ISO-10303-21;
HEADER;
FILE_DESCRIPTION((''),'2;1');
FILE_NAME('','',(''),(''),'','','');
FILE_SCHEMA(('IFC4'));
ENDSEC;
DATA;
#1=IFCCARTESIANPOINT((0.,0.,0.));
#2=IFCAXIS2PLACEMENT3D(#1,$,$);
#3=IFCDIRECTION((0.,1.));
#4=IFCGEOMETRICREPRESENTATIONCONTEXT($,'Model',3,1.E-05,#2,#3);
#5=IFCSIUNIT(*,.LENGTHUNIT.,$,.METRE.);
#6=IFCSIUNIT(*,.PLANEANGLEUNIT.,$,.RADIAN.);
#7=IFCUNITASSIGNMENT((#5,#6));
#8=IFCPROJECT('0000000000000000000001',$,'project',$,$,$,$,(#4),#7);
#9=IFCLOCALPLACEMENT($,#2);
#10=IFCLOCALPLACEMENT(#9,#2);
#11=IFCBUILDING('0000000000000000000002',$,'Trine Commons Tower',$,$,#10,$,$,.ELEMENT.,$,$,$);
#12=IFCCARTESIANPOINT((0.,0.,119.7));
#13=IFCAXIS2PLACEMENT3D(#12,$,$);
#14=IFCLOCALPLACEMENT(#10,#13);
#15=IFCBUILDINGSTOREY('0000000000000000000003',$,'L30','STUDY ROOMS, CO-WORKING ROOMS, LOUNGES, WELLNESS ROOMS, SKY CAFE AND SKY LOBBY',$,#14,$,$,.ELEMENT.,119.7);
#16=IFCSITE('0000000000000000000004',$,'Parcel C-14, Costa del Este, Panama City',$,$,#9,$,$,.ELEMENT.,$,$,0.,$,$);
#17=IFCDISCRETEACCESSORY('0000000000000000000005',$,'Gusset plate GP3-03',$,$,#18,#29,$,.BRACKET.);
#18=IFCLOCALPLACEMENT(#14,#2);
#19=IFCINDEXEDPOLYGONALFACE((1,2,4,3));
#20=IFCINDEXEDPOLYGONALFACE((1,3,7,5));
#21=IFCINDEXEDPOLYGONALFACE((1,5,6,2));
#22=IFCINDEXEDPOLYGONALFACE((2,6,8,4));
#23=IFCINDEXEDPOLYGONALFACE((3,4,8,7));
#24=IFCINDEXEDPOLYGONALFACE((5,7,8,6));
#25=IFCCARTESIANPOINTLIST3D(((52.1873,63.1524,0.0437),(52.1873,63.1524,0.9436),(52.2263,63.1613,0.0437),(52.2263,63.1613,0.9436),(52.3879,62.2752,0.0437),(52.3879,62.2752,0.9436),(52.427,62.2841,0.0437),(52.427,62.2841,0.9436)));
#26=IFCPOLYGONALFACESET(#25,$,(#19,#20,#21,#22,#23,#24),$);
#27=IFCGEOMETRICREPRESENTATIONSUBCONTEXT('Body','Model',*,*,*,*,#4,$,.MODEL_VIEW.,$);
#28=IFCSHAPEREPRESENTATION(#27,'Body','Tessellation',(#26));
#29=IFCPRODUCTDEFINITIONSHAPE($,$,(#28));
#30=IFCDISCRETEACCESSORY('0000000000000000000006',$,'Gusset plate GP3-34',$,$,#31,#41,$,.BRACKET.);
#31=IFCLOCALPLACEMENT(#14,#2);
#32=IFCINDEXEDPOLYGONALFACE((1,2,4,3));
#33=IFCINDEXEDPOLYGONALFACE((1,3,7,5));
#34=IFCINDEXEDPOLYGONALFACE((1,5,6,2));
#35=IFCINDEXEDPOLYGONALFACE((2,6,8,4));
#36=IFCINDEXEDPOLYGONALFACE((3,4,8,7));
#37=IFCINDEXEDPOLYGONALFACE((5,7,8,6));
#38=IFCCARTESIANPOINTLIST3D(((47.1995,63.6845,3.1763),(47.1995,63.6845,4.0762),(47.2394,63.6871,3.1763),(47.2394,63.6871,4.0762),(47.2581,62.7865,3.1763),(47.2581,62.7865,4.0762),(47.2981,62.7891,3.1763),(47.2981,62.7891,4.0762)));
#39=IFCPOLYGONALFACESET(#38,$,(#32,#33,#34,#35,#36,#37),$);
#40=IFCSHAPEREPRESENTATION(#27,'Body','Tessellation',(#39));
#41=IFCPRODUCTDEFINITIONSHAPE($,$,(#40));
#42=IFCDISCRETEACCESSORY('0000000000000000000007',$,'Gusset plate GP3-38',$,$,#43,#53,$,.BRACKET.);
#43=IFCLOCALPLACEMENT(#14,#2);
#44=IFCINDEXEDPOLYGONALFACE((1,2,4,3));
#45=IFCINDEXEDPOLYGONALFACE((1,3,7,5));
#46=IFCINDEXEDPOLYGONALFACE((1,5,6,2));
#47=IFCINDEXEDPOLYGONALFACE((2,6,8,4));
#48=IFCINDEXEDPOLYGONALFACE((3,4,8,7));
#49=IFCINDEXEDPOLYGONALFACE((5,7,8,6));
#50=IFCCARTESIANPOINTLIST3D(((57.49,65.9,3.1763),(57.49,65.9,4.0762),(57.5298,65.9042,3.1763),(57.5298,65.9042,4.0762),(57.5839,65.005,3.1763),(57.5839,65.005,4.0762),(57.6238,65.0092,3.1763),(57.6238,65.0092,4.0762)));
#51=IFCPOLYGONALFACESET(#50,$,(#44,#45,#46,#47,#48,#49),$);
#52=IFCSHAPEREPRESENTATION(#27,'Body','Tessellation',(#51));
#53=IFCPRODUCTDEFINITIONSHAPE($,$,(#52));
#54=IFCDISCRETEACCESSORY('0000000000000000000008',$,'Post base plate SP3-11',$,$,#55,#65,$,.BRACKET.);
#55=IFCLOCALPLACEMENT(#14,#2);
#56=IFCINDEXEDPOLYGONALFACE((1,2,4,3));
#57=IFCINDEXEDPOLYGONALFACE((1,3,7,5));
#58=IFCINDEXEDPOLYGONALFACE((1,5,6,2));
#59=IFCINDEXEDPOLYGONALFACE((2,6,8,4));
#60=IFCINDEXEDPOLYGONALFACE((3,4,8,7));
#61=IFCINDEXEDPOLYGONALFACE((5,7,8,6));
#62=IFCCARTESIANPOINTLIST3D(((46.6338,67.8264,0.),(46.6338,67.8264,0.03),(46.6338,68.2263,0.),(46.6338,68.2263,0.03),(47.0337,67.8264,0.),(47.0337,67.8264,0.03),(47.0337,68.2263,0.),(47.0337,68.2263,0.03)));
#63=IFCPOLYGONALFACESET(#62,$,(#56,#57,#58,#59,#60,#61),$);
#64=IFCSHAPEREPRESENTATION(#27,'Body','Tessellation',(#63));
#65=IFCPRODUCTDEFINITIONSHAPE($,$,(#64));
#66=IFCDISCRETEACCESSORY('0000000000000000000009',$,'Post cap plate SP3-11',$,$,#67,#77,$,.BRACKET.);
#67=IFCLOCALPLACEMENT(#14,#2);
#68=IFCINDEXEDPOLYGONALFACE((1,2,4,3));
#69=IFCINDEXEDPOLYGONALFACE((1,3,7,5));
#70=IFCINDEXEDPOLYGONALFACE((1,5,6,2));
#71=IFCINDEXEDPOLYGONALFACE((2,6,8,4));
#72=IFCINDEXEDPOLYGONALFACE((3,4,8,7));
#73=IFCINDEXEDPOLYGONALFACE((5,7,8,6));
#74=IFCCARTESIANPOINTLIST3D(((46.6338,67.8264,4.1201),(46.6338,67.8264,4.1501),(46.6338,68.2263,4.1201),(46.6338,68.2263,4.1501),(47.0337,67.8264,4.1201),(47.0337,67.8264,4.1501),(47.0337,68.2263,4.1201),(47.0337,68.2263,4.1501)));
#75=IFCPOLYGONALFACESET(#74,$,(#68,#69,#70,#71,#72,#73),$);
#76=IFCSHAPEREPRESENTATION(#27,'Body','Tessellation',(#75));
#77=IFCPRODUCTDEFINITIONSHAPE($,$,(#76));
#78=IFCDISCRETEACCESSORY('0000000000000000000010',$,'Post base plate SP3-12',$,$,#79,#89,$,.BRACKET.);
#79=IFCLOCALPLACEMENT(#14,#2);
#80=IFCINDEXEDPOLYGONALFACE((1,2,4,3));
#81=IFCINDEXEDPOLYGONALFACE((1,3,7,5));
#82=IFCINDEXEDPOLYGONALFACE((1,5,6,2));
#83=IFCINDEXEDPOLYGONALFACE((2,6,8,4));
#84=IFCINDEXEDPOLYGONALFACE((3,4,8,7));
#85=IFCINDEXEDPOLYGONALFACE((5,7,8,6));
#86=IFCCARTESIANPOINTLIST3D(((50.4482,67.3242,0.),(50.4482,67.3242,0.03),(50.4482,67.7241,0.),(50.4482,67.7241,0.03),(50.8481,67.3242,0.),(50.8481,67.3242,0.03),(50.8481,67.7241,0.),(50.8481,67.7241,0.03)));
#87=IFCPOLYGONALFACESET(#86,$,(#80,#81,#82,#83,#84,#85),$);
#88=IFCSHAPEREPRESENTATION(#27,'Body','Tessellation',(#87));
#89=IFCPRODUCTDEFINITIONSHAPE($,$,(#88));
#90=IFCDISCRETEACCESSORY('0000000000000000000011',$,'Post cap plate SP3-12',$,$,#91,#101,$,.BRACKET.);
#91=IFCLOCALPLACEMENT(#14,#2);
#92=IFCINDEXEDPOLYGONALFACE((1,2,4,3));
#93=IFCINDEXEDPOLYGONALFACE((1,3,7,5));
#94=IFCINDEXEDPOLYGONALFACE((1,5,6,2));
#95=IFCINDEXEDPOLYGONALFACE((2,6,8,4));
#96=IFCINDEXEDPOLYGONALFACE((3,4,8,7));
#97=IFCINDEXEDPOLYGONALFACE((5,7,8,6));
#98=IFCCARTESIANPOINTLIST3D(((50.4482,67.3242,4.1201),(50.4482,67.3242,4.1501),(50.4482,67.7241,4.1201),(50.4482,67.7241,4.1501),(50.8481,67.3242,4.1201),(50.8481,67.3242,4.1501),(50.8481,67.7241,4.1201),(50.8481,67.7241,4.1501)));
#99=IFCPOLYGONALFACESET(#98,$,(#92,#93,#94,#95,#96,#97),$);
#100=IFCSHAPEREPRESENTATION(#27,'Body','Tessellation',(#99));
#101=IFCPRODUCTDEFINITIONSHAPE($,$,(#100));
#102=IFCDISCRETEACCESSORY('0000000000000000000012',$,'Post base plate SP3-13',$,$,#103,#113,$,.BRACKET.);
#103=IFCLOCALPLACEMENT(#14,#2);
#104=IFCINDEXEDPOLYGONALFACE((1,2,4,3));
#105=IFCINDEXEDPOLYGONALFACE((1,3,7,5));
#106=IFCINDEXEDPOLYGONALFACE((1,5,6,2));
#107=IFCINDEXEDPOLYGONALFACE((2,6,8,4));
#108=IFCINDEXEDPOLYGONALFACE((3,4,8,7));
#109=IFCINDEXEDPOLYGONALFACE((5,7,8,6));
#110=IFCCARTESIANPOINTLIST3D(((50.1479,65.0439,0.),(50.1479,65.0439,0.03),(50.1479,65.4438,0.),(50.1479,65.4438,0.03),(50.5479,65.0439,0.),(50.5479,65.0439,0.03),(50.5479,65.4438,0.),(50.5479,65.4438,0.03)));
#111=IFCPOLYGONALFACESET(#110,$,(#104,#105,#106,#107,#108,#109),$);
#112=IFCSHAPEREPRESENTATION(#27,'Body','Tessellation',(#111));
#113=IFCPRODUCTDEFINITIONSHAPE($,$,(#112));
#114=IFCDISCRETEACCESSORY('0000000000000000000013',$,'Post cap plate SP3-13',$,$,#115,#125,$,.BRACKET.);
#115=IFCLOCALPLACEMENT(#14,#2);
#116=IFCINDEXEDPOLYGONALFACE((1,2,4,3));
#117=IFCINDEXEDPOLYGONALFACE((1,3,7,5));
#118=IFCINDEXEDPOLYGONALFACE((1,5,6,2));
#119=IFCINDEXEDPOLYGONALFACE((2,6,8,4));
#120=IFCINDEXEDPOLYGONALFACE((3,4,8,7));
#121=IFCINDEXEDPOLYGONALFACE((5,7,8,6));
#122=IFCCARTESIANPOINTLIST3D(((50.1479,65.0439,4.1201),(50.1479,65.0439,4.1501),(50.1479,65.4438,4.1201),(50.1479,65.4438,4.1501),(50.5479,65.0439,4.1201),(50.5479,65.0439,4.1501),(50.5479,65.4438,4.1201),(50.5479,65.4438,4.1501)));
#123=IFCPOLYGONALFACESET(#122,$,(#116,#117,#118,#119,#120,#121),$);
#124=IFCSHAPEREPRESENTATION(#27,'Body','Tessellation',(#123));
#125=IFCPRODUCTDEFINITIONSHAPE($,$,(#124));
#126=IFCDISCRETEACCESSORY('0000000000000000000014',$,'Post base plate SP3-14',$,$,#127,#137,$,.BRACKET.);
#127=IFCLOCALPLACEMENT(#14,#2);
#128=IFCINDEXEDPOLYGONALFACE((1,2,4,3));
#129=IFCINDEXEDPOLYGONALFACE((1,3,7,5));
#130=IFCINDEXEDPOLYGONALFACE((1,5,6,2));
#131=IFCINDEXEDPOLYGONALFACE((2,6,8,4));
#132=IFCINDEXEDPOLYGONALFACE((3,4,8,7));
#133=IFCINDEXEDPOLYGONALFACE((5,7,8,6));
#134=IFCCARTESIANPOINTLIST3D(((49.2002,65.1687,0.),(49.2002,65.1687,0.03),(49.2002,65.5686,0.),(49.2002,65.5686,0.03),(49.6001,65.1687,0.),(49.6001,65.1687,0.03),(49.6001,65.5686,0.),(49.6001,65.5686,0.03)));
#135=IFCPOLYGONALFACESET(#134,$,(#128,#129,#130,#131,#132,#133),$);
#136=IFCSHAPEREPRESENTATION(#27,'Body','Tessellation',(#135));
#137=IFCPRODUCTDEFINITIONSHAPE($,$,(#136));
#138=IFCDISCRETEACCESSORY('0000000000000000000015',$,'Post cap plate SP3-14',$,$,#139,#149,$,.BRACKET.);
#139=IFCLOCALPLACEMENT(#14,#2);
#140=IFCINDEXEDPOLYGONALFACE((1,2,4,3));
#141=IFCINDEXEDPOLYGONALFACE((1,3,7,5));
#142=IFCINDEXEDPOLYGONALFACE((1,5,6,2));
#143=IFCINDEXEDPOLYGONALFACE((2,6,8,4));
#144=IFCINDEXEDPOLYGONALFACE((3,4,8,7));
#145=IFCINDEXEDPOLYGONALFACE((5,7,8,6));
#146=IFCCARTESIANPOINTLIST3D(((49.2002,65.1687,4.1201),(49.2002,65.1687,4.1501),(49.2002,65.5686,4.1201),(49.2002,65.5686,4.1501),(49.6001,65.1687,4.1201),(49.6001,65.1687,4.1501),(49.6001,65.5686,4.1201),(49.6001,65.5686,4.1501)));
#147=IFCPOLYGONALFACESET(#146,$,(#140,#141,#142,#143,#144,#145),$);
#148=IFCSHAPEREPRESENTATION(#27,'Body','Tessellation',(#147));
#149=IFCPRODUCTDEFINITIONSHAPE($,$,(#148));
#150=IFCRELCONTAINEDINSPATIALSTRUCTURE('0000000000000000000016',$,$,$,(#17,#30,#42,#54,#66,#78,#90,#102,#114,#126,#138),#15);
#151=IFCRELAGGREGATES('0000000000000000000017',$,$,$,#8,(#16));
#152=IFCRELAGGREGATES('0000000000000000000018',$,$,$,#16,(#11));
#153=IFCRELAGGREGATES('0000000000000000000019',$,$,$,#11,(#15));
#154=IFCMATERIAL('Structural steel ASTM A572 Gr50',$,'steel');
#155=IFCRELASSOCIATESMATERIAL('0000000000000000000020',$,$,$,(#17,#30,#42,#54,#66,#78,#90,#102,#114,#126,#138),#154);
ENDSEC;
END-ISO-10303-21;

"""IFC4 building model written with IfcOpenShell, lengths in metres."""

from ifc_helpers import new_model, si_unit, direction, frame, origin, origin_2d, place, context, subcontext, project, spatial, rectangle, extrude, material, element, save


model = new_model("IFC4")

# Units and contexts
model_context = context("Model", 3, precision=1e-05, world=origin(), true_north=direction((0.0, 1.0)))
body_context = subcontext(model_context, "Body", "Model", "MODEL_VIEW")
ifc_project = project(units=[si_unit("LENGTHUNIT", "METRE"), si_unit("PLANEANGLEUNIT", "RADIAN")], contexts=[model_context])

# Site, building, storey
site_placement = place(None, origin())
site = spatial("IfcSite", under=ifc_project, at=site_placement, Name="Parcel C-14, Costa del Este, Panama City", CompositionType="ELEMENT", RefElevation=0.0)
building_placement = place(site_placement, origin())
building = spatial("IfcBuilding", under=site, at=building_placement, Name="Trine Commons Tower", CompositionType="ELEMENT")
storey_placement = place(building_placement, frame((0.0, 0.0, 119.7)))
storey = spatial("IfcBuildingStorey", under=building, at=storey_placement, Name="L30", Description="STUDY ROOMS, CO-WORKING ROOMS, LOUNGES, WELLNESS ROOMS, SKY CAFE AND SKY LOBBY", CompositionType="ELEMENT", Elevation=119.7)

# Discrete accessories
ifc_material_1 = material(Name="Structural steel ASTM A572 Gr50", Category="steel")
for number, where, z_axis, x_axis, name in (
    (1, (52.3071, 62.7183, 0.0437), (0.0, 0.0, 1.0), (0.222978, -0.974823, 0.0), "Gusset plate GP3-03"),
    (2, (47.2488, 63.2368, 3.1763), (0.0, 0.0, 1.0), (0.065159, -0.997875, 0.0), "Gusset plate GP3-34"),
    (3, (57.5569, 65.4546, 3.1763), (0.0, 0.0, 1.0), (0.104372, -0.994538, 0.0), "Gusset plate GP3-38"),
):
    element("IfcDiscreteAccessory", number, at=place(storey_placement, frame(where, z_axis=z_axis, x_axis=x_axis)), inside=storey, material=ifc_material_1, Name=name, PredefinedType="BRACKET", context=body_context, shape_type="SweptSolid", body=[
        extrude(rectangle(XDim=0.8999, YDim=0.04, at=origin_2d()), origin(), (0.0, 0.0, 1.0), 0.8999),
    ])
for number, where, z_axis, x_axis, name in (
    (4, (46.8337, 68.0264, 0.0), (0.0, 0.0, 1.0), (1.0, 0.0, 0.0), "Post base plate SP3-11"),
    (5, (46.8337, 68.0264, 4.1201), (0.0, 0.0, 1.0), (1.0, 0.0, 0.0), "Post cap plate SP3-11"),
    (6, (50.6482, 67.5242, 0.0), (0.0, 0.0, 1.0), (1.0, 0.0, 0.0), "Post base plate SP3-12"),
    (7, (50.6482, 67.5242, 4.1201), (0.0, 0.0, 1.0), (1.0, 0.0, 0.0), "Post cap plate SP3-12"),
    (8, (50.3479, 65.2439, 0.0), (0.0, 0.0, 1.0), (1.0, 0.0, 0.0), "Post base plate SP3-13"),
    (9, (50.3479, 65.2439, 4.1201), (0.0, 0.0, 1.0), (1.0, 0.0, 0.0), "Post cap plate SP3-13"),
    (10, (49.4001, 65.3687, 0.0), (0.0, 0.0, 1.0), (1.0, 0.0, 0.0), "Post base plate SP3-14"),
    (11, (49.4001, 65.3687, 4.1201), (0.0, 0.0, 1.0), (1.0, 0.0, 0.0), "Post cap plate SP3-14"),
):
    element("IfcDiscreteAccessory", number, at=place(storey_placement, frame(where, z_axis=z_axis, x_axis=x_axis)), inside=storey, material=ifc_material_1, Name=name, PredefinedType="BRACKET", context=body_context, shape_type="SweptSolid", body=[
        extrude(rectangle(XDim=0.3999, YDim=0.3999, at=origin_2d()), origin(), (0.0, 0.0, 1.0), 0.03),
    ])

save(model, "model.ifc")
